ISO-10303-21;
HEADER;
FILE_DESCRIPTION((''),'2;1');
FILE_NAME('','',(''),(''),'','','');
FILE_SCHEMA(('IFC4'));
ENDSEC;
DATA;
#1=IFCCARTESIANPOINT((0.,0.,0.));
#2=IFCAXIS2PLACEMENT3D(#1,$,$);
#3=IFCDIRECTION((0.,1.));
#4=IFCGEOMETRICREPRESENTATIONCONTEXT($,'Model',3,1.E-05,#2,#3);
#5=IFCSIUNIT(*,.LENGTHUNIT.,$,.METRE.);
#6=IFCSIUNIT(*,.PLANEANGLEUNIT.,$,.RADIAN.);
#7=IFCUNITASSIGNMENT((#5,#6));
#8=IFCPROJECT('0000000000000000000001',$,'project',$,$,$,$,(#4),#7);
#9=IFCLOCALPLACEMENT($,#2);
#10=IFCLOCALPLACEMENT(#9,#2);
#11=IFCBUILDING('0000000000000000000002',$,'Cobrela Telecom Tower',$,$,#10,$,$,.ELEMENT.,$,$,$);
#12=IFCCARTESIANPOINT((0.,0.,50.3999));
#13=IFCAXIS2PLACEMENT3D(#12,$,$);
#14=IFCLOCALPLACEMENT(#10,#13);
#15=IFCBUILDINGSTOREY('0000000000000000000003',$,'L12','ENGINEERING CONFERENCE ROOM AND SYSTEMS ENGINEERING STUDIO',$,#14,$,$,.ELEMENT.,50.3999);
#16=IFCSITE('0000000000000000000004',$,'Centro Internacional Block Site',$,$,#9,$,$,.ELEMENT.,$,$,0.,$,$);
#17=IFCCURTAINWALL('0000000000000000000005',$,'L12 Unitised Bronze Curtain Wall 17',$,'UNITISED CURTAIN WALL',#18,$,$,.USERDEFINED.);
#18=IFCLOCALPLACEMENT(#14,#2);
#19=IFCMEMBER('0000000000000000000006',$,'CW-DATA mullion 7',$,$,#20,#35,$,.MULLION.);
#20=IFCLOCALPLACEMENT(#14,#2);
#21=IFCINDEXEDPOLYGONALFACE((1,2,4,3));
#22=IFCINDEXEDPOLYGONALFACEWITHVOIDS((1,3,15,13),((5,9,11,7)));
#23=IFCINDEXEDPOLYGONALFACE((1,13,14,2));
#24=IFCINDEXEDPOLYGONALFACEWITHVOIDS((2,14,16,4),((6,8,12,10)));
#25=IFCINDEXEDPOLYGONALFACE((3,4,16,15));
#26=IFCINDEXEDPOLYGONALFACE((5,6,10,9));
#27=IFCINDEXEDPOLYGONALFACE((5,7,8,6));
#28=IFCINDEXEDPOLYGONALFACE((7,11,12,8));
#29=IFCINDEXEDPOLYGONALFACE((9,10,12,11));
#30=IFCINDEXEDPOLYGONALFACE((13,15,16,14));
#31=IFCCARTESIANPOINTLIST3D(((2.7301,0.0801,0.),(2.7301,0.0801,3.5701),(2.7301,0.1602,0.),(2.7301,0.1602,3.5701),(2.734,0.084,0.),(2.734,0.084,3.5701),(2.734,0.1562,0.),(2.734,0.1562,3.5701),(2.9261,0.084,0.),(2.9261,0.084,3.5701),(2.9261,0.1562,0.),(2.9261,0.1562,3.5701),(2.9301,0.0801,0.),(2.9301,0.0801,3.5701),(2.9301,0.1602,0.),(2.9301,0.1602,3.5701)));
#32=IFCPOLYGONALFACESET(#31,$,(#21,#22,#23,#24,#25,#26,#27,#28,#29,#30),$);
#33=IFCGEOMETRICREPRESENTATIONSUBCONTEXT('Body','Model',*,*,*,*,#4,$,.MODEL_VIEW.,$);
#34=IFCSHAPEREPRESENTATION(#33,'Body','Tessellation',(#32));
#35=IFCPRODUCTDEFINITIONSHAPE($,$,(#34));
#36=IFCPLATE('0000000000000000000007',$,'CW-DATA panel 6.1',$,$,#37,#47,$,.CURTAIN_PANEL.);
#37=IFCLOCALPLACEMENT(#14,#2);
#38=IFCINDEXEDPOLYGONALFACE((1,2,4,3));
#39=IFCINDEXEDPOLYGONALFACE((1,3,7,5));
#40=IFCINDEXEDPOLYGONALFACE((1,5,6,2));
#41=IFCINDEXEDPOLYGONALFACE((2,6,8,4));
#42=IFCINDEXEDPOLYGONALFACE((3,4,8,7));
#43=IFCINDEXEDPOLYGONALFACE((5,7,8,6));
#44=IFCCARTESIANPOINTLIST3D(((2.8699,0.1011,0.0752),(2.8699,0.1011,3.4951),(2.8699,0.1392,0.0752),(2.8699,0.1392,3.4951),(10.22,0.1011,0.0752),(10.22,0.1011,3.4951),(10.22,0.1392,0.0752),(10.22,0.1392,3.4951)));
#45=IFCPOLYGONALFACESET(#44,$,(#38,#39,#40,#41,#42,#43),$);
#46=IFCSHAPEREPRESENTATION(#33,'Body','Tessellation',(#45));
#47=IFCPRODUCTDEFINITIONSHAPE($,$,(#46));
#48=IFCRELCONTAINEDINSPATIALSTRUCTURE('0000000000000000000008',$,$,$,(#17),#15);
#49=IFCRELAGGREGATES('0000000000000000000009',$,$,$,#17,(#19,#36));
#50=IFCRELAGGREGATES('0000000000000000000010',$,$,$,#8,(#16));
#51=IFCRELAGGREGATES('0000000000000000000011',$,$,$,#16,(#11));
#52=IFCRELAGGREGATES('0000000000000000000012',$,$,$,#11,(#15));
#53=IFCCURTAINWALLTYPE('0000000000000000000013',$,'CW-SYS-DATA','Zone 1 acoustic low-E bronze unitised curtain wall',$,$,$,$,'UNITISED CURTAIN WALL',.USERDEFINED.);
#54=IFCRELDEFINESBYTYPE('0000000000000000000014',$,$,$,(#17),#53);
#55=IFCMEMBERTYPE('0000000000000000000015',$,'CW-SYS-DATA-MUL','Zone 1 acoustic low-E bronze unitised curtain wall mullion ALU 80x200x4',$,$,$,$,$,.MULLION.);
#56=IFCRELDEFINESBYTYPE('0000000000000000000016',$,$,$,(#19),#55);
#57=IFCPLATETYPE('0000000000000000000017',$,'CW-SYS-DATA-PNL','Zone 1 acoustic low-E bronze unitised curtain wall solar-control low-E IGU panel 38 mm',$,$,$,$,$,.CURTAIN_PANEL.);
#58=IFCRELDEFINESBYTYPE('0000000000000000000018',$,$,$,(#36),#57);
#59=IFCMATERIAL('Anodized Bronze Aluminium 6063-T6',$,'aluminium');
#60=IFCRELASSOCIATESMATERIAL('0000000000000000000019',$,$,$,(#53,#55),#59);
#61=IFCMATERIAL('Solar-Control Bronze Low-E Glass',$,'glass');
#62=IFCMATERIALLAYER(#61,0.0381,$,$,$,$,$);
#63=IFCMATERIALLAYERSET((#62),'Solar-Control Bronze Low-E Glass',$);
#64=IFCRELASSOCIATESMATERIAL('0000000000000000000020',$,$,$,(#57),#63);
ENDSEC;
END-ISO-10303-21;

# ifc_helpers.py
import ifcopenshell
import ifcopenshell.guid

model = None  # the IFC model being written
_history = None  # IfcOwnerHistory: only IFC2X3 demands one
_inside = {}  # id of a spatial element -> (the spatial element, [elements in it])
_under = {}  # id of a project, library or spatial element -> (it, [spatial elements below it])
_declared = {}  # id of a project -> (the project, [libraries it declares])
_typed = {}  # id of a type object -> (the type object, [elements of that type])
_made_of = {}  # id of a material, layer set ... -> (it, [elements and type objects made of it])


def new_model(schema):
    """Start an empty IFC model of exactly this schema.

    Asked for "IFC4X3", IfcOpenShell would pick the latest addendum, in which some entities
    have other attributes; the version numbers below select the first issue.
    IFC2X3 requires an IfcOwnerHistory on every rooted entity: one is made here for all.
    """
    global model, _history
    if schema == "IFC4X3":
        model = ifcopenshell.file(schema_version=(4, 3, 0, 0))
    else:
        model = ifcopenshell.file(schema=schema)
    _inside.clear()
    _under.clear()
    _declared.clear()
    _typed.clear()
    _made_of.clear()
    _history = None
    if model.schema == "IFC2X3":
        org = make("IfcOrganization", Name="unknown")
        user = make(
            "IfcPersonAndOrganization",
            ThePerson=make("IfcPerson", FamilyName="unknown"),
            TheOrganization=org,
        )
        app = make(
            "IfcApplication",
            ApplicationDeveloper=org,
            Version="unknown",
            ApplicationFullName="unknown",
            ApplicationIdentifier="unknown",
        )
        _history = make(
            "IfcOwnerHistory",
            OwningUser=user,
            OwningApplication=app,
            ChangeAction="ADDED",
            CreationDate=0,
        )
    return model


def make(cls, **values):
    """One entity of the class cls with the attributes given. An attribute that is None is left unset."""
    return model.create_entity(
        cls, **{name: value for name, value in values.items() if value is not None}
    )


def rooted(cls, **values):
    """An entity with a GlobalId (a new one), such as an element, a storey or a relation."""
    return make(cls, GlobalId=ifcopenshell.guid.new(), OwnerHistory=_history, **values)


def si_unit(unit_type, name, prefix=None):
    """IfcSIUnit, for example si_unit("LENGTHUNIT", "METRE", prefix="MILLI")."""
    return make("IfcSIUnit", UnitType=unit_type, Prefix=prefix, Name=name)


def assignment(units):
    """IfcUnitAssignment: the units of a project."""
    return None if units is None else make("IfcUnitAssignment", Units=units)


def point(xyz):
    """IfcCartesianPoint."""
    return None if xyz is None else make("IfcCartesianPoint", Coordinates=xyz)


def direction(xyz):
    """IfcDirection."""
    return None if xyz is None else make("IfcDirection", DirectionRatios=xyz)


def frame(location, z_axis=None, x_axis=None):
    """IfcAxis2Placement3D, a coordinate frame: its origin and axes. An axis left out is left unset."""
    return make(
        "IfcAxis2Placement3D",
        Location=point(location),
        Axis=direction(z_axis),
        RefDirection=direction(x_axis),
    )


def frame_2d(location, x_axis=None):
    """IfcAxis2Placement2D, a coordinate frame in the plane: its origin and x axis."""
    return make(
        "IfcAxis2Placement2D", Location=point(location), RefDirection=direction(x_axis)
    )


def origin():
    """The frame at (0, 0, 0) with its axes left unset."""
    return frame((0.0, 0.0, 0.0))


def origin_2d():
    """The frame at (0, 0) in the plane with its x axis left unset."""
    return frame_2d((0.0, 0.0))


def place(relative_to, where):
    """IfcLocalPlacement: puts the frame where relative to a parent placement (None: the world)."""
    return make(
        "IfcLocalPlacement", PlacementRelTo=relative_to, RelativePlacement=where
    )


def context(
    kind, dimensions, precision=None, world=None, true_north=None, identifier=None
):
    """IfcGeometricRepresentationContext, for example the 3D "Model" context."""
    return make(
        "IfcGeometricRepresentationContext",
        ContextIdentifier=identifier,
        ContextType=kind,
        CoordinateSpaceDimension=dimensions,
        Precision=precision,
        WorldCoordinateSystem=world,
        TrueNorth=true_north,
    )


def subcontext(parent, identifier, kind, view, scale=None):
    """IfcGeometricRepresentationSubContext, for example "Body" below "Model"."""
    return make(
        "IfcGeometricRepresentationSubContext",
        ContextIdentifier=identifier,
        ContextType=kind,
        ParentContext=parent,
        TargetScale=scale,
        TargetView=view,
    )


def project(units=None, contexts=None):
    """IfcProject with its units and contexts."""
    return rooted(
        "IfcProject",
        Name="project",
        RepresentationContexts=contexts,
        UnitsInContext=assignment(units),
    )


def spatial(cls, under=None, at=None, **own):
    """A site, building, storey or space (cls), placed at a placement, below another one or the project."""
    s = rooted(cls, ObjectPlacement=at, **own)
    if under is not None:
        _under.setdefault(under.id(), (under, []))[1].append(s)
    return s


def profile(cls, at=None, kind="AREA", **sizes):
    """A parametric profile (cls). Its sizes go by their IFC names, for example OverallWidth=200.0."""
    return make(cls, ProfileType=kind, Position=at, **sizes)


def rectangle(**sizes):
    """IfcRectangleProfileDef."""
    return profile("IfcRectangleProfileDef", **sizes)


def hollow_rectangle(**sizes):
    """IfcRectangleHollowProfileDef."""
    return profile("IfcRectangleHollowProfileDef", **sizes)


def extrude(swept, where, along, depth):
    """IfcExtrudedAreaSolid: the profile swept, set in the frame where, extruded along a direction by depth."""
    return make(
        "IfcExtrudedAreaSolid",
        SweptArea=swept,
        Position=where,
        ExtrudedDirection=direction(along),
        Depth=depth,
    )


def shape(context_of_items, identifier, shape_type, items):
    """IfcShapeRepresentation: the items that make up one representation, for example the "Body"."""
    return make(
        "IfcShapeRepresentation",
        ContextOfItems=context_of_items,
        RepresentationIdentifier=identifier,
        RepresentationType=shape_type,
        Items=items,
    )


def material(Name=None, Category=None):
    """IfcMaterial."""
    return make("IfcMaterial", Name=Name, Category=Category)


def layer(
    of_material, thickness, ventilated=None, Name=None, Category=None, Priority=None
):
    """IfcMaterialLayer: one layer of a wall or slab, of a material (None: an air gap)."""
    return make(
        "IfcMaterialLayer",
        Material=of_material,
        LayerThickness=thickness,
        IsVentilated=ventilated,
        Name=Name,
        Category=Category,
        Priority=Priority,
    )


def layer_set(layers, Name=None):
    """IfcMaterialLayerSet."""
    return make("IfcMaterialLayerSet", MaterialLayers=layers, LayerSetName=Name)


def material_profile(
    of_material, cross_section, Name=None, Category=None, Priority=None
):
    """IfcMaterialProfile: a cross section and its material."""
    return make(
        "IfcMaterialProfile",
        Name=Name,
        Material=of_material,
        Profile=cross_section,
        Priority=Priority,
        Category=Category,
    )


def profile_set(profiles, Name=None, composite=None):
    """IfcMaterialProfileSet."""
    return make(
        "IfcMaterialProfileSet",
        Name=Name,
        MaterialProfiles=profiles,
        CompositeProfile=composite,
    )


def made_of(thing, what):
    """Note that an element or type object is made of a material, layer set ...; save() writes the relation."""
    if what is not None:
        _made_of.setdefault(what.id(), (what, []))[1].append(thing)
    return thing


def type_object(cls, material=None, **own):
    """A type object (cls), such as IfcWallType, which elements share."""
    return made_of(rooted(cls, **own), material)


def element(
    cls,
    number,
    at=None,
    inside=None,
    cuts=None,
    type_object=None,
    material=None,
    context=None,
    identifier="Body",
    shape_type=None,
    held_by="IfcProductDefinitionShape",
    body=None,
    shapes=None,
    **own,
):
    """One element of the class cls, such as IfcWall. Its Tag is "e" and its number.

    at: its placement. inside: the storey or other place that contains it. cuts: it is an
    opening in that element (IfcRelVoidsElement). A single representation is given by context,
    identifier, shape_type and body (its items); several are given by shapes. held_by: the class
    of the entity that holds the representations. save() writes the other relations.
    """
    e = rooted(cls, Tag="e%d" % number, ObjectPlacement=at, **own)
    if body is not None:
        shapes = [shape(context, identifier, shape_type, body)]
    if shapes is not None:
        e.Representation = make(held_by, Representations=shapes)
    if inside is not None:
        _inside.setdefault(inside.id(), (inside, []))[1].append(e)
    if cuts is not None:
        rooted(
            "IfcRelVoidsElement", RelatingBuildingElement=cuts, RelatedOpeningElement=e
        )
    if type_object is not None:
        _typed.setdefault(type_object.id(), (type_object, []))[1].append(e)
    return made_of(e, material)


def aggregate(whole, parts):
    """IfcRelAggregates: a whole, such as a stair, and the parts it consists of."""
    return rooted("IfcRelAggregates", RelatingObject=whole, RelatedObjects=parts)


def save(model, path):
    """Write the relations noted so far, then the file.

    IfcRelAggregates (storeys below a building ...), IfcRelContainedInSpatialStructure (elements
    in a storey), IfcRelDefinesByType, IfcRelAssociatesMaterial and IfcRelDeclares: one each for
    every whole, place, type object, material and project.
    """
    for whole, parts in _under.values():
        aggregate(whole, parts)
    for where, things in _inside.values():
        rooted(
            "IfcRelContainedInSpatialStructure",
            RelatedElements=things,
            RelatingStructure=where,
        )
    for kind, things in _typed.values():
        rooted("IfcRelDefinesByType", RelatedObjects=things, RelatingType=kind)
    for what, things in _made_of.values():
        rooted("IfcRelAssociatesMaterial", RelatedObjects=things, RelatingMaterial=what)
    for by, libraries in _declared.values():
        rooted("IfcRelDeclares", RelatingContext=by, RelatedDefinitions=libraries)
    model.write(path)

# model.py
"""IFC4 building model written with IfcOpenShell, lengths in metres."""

from ifc_helpers import new_model, si_unit, direction, frame, origin, origin_2d, place, context, subcontext, project, spatial, rectangle, hollow_rectangle, extrude, material, layer, layer_set, material_profile, profile_set, type_object, element, aggregate, save


model = new_model("IFC4")

# Units and contexts
model_context = context("Model", 3, precision=1e-05, world=origin(), true_north=direction((0.0, 1.0)))
body_context = subcontext(model_context, "Body", "Model", "MODEL_VIEW")
ifc_project = project(units=[si_unit("LENGTHUNIT", "METRE"), si_unit("PLANEANGLEUNIT", "RADIAN")], contexts=[model_context])

# Site, building, storey
site_placement = place(None, origin())
site = spatial("IfcSite", under=ifc_project, at=site_placement, Name="Centro Internacional Block Site", CompositionType="ELEMENT", RefElevation=0.0)
building_placement = place(site_placement, origin())
building = spatial("IfcBuilding", under=site, at=building_placement, Name="Cobrela Telecom Tower", CompositionType="ELEMENT")
storey_placement = place(building_placement, frame((0.0, 0.0, 50.3999)))
storey = spatial("IfcBuildingStorey", under=building, at=storey_placement, Name="L12", Description="ENGINEERING CONFERENCE ROOM AND SYSTEMS ENGINEERING STUDIO", CompositionType="ELEMENT", Elevation=50.3999)

# Curtain wall, member, plate
ifc_material_1 = material(Name="Anodized Bronze Aluminium 6063-T6", Category="aluminium")
curtain_wall_type = type_object("IfcCurtainWallType", Name="CW-SYS-DATA", Description="Zone 1 acoustic low-E bronze unitised curtain wall", ElementType="UNITISED CURTAIN WALL", PredefinedType="USERDEFINED", material=ifc_material_1)
curtain_wall_placement = place(storey_placement, origin())
curtain_wall = element("IfcCurtainWall", 1, at=curtain_wall_placement, inside=storey, type_object=curtain_wall_type, Name="L12 Unitised Bronze Curtain Wall 17", ObjectType="UNITISED CURTAIN WALL", PredefinedType="USERDEFINED")
ifc_material_profile = material_profile(ifc_material_1, hollow_rectangle(XDim=0.0801, YDim=0.2, WallThickness=0.0039, at=origin_2d()), Name="ALU 80x200x4")
ifc_profile_set = profile_set([ifc_material_profile], Name="Anodized Bronze Aluminium 6063-T6")
member_type = type_object("IfcMemberType", Name="CW-SYS-DATA-MUL", Description="Zone 1 acoustic low-E bronze unitised curtain wall mullion ALU 80x200x4", PredefinedType="MULLION", material=ifc_profile_set)
member_placement = place(storey_placement, frame((2.8301, 0.1201, 0.0), z_axis=(0.0, 0.0, 1.0), x_axis=(0.0, -1.0, 0.0)))
member = element("IfcMember", 2, at=member_placement, type_object=member_type, Name="CW-DATA mullion 7", PredefinedType="MULLION", context=body_context, shape_type="SweptSolid", body=[
    extrude(hollow_rectangle(XDim=0.0801, YDim=0.2, WallThickness=0.0039, at=origin_2d()), origin(), (0.0, 0.0, 1.0), 3.5701),
])
ifc_material_2 = material(Name="Solar-Control Bronze Low-E Glass", Category="glass")
ifc_layer_1 = layer(ifc_material_2, 0.0381)
ifc_layer_set_1 = layer_set([ifc_layer_1], Name="Solar-Control Bronze Low-E Glass")
plate_type = type_object("IfcPlateType", Name="CW-SYS-DATA-PNL", Description="Zone 1 acoustic low-E bronze unitised curtain wall solar-control low-E IGU panel 38 mm", PredefinedType="CURTAIN_PANEL", material=ifc_layer_set_1)
plate_placement = place(storey_placement, frame((6.5449, 0.1201, 0.0752), z_axis=(0.0, 0.0, 1.0), x_axis=(-1.0, 0.0, 0.0)))
plate = element("IfcPlate", 3, at=plate_placement, type_object=plate_type, Name="CW-DATA panel 6.1", PredefinedType="CURTAIN_PANEL", context=body_context, shape_type="SweptSolid", body=[
    extrude(rectangle(XDim=7.3501, YDim=0.0381, at=origin_2d()), origin(), (0.0, 0.0, 1.0), 3.4199),
])
aggregate(curtain_wall, [member, plate])

save(model, "model.ifc")
